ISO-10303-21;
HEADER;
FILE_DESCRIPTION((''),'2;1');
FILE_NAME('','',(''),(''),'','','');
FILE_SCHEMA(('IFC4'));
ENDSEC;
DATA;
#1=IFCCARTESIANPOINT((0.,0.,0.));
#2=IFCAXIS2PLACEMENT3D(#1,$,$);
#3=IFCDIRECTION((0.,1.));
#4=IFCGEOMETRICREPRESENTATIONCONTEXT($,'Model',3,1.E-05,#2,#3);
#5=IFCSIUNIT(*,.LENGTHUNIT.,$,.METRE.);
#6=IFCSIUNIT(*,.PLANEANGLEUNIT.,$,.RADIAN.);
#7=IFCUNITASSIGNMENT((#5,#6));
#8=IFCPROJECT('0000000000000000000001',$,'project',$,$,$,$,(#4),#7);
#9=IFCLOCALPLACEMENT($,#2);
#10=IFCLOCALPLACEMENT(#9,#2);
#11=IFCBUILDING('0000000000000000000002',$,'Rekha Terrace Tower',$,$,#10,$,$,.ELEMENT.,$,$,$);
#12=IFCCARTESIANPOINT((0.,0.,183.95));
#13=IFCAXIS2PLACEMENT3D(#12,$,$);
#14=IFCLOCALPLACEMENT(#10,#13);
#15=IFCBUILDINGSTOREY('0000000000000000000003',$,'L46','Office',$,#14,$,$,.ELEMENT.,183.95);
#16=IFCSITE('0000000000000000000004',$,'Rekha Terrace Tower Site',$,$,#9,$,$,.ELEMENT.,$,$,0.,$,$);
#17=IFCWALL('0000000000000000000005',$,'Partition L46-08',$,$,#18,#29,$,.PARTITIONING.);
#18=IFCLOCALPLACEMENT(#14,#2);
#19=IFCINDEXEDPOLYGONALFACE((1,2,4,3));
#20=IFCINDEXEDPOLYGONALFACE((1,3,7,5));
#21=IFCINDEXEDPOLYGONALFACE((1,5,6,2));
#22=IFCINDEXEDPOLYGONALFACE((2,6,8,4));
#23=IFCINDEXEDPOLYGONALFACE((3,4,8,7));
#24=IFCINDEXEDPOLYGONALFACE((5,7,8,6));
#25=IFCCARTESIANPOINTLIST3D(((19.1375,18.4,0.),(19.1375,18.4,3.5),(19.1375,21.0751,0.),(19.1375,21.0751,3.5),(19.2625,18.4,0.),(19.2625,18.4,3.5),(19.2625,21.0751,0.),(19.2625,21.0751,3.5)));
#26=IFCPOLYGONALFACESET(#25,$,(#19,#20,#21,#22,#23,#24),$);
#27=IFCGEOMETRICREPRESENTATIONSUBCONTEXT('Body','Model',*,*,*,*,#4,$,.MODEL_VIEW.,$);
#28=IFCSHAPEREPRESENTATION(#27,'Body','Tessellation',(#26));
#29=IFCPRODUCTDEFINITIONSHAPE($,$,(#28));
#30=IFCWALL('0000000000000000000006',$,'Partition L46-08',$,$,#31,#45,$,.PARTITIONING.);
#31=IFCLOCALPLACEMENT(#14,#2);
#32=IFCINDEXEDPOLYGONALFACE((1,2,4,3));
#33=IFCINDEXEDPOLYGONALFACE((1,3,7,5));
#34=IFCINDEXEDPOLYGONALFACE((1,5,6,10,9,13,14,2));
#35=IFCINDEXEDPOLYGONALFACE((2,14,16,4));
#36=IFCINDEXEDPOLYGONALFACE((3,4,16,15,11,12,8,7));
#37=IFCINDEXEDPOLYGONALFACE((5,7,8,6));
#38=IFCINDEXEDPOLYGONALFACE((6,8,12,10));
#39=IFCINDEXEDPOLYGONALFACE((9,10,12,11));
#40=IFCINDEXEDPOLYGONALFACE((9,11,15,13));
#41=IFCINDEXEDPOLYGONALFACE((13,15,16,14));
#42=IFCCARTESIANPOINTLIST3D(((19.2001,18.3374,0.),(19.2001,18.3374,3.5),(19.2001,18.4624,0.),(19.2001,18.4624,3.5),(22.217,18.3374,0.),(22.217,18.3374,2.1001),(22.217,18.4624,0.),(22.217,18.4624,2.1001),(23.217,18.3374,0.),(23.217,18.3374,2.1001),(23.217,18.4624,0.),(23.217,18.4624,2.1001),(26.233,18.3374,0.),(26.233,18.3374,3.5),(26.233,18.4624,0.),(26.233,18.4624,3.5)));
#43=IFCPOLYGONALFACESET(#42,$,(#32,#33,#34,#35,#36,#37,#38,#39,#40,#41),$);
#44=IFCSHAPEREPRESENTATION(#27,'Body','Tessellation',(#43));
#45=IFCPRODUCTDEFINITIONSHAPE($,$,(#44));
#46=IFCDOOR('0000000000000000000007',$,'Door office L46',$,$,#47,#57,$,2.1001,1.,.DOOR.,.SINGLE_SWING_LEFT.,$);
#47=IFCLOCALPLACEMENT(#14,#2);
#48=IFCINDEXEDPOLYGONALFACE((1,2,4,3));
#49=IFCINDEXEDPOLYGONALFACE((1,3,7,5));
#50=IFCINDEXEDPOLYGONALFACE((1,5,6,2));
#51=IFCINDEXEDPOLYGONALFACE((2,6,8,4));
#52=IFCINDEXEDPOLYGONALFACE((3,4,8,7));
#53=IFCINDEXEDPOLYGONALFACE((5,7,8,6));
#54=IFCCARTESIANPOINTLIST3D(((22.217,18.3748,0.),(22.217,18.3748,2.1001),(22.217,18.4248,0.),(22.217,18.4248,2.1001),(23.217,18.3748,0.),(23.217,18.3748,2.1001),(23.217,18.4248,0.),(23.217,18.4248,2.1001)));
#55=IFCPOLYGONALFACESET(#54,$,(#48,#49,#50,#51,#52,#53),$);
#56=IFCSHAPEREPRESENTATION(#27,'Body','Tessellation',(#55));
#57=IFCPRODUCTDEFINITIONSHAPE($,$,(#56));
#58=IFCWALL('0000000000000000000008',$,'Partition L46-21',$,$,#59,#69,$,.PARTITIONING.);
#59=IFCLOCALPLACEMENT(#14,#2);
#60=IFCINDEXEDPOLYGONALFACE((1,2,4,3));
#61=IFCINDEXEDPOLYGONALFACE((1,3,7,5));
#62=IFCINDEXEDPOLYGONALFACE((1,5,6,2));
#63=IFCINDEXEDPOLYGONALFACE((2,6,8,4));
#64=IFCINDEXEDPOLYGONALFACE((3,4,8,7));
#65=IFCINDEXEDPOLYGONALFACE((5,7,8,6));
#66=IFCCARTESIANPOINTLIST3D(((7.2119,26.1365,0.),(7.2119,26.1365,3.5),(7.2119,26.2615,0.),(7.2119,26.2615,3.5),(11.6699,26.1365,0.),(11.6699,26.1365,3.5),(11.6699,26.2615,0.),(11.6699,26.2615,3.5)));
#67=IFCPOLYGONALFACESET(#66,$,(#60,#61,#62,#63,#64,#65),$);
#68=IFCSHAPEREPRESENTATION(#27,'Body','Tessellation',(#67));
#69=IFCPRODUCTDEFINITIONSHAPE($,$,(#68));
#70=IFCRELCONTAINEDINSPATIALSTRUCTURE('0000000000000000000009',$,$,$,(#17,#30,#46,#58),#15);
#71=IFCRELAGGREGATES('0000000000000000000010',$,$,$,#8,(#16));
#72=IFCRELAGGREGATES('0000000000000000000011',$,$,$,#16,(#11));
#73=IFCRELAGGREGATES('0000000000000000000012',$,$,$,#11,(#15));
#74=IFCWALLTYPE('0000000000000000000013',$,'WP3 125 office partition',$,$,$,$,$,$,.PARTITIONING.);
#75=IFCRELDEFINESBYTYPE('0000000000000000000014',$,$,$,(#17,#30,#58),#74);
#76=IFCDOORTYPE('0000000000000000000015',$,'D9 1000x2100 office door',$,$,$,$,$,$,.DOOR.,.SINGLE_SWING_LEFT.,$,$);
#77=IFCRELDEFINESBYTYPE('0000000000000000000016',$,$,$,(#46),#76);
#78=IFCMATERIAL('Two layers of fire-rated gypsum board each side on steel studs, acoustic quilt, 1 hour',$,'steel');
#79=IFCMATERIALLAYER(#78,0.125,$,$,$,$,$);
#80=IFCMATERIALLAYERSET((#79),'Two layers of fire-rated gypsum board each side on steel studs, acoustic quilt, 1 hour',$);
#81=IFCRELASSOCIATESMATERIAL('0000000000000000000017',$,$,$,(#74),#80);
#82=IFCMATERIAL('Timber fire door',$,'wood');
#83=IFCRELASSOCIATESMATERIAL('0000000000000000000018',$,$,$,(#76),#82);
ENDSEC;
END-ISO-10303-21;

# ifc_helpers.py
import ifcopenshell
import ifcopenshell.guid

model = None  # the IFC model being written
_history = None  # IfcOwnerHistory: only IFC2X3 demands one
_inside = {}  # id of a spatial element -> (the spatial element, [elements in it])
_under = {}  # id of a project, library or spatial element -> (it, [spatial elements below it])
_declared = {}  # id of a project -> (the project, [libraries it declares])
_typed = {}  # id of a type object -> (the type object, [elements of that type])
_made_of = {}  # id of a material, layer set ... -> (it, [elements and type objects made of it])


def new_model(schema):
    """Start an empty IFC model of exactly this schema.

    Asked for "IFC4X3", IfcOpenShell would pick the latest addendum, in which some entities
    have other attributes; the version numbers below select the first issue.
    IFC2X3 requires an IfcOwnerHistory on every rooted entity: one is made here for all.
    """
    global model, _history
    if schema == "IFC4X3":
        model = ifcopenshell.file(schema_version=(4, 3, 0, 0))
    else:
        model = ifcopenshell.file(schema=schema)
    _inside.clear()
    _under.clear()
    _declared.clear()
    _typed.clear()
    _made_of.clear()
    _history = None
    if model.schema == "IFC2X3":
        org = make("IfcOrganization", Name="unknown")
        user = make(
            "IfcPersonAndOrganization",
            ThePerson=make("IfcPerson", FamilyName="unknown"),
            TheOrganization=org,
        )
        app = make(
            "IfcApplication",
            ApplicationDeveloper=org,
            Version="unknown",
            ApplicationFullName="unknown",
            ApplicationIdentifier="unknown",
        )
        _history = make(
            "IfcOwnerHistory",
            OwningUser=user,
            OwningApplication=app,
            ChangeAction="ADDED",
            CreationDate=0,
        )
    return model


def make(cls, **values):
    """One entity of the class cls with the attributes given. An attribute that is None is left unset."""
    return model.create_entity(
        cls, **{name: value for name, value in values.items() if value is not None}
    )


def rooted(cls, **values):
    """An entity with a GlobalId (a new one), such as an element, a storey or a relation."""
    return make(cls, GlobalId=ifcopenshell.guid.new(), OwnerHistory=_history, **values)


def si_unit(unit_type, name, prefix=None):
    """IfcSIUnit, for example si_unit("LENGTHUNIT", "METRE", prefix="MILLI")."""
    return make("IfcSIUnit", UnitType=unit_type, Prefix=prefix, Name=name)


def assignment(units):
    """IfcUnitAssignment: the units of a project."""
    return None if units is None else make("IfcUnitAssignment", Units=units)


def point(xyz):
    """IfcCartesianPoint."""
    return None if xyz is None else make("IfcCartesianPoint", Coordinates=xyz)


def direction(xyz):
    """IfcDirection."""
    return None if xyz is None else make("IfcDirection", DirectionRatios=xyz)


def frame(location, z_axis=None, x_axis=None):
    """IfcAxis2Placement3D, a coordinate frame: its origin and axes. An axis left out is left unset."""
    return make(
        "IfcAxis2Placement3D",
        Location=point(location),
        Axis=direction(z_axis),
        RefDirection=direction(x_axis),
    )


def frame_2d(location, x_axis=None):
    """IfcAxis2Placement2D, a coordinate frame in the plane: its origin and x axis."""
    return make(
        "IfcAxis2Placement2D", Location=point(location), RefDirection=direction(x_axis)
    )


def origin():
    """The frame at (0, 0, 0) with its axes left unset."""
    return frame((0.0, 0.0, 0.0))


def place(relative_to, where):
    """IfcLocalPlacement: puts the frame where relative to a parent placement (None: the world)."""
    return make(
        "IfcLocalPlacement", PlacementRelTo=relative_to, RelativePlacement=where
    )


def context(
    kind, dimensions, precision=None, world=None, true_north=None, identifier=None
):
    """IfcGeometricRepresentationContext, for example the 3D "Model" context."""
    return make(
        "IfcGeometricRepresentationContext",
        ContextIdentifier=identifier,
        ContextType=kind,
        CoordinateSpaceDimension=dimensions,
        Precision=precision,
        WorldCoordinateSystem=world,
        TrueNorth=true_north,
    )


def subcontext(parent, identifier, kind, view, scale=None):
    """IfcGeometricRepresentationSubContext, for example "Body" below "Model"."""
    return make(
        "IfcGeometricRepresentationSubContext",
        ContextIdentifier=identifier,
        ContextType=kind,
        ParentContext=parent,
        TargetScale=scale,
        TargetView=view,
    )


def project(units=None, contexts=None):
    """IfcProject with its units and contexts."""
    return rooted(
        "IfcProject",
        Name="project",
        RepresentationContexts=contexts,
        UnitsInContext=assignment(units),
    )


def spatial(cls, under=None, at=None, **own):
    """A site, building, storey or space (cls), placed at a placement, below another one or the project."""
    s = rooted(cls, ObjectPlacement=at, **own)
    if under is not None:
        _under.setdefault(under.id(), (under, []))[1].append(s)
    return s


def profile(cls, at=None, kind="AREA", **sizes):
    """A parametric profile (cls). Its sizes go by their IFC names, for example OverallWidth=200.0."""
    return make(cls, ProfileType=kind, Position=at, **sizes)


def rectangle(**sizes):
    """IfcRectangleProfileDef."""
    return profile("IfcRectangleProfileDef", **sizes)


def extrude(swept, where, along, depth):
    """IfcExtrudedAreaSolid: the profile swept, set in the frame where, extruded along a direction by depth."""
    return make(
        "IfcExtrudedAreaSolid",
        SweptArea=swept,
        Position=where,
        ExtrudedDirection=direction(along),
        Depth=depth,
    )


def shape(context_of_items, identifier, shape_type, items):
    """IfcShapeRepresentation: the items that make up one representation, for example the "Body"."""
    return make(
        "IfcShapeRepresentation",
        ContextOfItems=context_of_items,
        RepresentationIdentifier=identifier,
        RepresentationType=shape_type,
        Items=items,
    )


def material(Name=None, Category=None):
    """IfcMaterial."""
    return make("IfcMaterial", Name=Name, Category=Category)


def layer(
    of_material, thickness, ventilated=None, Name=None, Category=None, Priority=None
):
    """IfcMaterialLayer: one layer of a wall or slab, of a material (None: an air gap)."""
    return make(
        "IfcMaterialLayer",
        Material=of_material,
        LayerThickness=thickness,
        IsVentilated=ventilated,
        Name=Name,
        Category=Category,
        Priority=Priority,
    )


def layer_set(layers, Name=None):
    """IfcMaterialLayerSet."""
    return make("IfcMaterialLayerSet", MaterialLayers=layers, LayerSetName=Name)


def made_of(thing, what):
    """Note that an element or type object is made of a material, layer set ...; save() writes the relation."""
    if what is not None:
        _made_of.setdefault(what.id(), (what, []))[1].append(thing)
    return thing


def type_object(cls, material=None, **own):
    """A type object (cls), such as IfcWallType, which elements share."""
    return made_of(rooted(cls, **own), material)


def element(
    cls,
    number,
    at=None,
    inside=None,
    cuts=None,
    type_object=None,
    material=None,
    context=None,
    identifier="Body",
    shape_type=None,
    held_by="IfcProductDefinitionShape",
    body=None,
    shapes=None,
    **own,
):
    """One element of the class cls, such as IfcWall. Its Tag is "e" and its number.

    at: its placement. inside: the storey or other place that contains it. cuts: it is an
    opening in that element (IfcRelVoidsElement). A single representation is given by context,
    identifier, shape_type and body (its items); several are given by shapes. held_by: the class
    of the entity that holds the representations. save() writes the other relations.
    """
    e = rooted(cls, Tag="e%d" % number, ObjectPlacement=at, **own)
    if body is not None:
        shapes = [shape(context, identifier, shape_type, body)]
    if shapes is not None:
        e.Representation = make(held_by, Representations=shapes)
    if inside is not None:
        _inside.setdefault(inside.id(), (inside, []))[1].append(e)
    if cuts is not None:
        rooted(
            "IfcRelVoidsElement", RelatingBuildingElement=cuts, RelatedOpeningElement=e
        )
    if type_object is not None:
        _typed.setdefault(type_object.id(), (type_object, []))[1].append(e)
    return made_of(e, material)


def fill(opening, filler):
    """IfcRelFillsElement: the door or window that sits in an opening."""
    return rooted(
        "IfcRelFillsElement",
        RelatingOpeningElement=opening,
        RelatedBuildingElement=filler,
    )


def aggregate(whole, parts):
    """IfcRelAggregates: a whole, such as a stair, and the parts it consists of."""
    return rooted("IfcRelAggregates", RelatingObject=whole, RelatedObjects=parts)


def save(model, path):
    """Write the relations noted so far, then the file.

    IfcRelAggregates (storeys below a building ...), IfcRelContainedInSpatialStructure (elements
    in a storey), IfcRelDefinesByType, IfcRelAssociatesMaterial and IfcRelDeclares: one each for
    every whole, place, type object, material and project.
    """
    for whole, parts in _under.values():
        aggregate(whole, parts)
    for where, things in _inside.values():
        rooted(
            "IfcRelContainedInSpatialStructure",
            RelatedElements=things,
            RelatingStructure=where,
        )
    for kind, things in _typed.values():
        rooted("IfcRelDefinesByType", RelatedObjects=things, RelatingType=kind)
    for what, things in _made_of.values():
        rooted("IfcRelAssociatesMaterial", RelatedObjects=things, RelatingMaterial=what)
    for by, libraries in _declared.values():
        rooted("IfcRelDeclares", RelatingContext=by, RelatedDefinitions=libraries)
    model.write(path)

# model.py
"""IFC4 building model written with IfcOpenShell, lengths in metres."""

from ifc_helpers import new_model, si_unit, direction, frame, frame_2d, origin, place, context, subcontext, project, spatial, rectangle, extrude, material, layer, layer_set, type_object, element, fill, save


model = new_model("IFC4")

# Units and contexts
model_context = context("Model", 3, precision=1e-05, world=origin(), true_north=direction((0.0, 1.0)))
body_context = subcontext(model_context, "Body", "Model", "MODEL_VIEW")
ifc_project = project(units=[si_unit("LENGTHUNIT", "METRE"), si_unit("PLANEANGLEUNIT", "RADIAN")], contexts=[model_context])

# Site, building, storey
site_placement = place(None, origin())
site = spatial("IfcSite", under=ifc_project, at=site_placement, Name="Rekha Terrace Tower Site", CompositionType="ELEMENT", RefElevation=0.0)
building_placement = place(site_placement, origin())
building = spatial("IfcBuilding", under=site, at=building_placement, Name="Rekha Terrace Tower", CompositionType="ELEMENT")
storey_placement = place(building_placement, frame((0.0, 0.0, 183.95)))
storey = spatial("IfcBuildingStorey", under=building, at=storey_placement, Name="L46", Description="Office", CompositionType="ELEMENT", Elevation=183.95)

# Shared definitions
ifc_material_1 = material(Name="Two layers of fire-rated gypsum board each side on steel studs, acoustic quilt, 1 hour", Category="steel")
ifc_layer_1 = layer(ifc_material_1, 0.125)
ifc_layer_set_1 = layer_set([ifc_layer_1], Name="Two layers of fire-rated gypsum board each side on steel studs, acoustic quilt, 1 hour")
wall_type_1 = type_object("IfcWallType", Name="WP3 125 office partition", PredefinedType="PARTITIONING", material=ifc_layer_set_1)

# Shared definitions
ifc_material_2 = material(Name="Timber fire door", Category="wood")
door_type = type_object("IfcDoorType", Name="D9 1000x2100 office door", OperationType="SINGLE_SWING_LEFT", PredefinedType="DOOR", material=ifc_material_2)

# Wall
wall_1_placement = place(storey_placement, frame((19.2, 21.075, 0.0), z_axis=(0.0, 0.0, 1.0), x_axis=(0.0, -1.0, 0.0)))
element("IfcWall", 1, at=wall_1_placement, inside=storey, type_object=wall_type_1, Name="Partition L46-08", PredefinedType="PARTITIONING", context=body_context, shape_type="SweptSolid", body=[
    extrude(rectangle(XDim=2.675, YDim=0.125, at=frame_2d((1.3374, 0.0))), origin(), (0.0, 0.0, 1.0), 3.5),
])

# Wall, opening, door
wall_2_placement = place(storey_placement, frame((19.2, 18.3999, 0.0), z_axis=(0.0, 0.0, 1.0), x_axis=(1.0, 0.0, 0.0)))
wall_2 = element("IfcWall", 2, at=wall_2_placement, inside=storey, type_object=wall_type_1, Name="Partition L46-08", PredefinedType="PARTITIONING", context=body_context, shape_type="SweptSolid", body=[
    extrude(rectangle(XDim=7.033, YDim=0.125, at=frame_2d((3.5166, 0.0))), origin(), (0.0, 0.0, 1.0), 3.5),
])
opening_1_placement = place(wall_2_placement, frame((3.0171, 0.0, 0.0)))
opening_1 = element("IfcOpeningElement", 3, at=opening_1_placement, cuts=wall_2, PredefinedType="OPENING", context=body_context, shape_type="SweptSolid", body=[
    extrude(rectangle(XDim=1.0, YDim=2.1001, at=frame_2d((0.5, 1.05))), frame((0.0, 0.0725, 0.0), z_axis=(0.0, -1.0, 0.0), x_axis=(1.0, 0.0, 0.0)), (0.0, 0.0, 1.0), 0.145),
])
door_1_placement = place(opening_1_placement, origin())
door_1 = element("IfcDoor", 4, at=door_1_placement, inside=storey, type_object=door_type, Name="Door office L46", OperationType="SINGLE_SWING_LEFT", OverallHeight=2.1001, OverallWidth=1.0, PredefinedType="DOOR", context=body_context, shape_type="SweptSolid", body=[
    extrude(rectangle(XDim=1.0, YDim=2.1001, at=frame_2d((0.5, 1.05))), frame((0.0, 0.0249, 0.0), z_axis=(0.0, -1.0, 0.0), x_axis=(1.0, 0.0, 0.0)), (0.0, 0.0, 1.0), 0.05),
])
fill(opening_1, door_1)

# Wall
wall_3_placement = place(storey_placement, frame((11.6699, 26.199, 0.0), z_axis=(0.0, 0.0, 1.0), x_axis=(-1.0, 0.0, 0.0)))
element("IfcWall", 5, at=wall_3_placement, inside=storey, type_object=wall_type_1, Name="Partition L46-21", PredefinedType="PARTITIONING", context=body_context, shape_type="SweptSolid", body=[
    extrude(rectangle(XDim=4.458, YDim=0.125, at=frame_2d((2.229, 0.0))), origin(), (0.0, 0.0, 1.0), 3.5),
])

save(model, "model.ifc")
